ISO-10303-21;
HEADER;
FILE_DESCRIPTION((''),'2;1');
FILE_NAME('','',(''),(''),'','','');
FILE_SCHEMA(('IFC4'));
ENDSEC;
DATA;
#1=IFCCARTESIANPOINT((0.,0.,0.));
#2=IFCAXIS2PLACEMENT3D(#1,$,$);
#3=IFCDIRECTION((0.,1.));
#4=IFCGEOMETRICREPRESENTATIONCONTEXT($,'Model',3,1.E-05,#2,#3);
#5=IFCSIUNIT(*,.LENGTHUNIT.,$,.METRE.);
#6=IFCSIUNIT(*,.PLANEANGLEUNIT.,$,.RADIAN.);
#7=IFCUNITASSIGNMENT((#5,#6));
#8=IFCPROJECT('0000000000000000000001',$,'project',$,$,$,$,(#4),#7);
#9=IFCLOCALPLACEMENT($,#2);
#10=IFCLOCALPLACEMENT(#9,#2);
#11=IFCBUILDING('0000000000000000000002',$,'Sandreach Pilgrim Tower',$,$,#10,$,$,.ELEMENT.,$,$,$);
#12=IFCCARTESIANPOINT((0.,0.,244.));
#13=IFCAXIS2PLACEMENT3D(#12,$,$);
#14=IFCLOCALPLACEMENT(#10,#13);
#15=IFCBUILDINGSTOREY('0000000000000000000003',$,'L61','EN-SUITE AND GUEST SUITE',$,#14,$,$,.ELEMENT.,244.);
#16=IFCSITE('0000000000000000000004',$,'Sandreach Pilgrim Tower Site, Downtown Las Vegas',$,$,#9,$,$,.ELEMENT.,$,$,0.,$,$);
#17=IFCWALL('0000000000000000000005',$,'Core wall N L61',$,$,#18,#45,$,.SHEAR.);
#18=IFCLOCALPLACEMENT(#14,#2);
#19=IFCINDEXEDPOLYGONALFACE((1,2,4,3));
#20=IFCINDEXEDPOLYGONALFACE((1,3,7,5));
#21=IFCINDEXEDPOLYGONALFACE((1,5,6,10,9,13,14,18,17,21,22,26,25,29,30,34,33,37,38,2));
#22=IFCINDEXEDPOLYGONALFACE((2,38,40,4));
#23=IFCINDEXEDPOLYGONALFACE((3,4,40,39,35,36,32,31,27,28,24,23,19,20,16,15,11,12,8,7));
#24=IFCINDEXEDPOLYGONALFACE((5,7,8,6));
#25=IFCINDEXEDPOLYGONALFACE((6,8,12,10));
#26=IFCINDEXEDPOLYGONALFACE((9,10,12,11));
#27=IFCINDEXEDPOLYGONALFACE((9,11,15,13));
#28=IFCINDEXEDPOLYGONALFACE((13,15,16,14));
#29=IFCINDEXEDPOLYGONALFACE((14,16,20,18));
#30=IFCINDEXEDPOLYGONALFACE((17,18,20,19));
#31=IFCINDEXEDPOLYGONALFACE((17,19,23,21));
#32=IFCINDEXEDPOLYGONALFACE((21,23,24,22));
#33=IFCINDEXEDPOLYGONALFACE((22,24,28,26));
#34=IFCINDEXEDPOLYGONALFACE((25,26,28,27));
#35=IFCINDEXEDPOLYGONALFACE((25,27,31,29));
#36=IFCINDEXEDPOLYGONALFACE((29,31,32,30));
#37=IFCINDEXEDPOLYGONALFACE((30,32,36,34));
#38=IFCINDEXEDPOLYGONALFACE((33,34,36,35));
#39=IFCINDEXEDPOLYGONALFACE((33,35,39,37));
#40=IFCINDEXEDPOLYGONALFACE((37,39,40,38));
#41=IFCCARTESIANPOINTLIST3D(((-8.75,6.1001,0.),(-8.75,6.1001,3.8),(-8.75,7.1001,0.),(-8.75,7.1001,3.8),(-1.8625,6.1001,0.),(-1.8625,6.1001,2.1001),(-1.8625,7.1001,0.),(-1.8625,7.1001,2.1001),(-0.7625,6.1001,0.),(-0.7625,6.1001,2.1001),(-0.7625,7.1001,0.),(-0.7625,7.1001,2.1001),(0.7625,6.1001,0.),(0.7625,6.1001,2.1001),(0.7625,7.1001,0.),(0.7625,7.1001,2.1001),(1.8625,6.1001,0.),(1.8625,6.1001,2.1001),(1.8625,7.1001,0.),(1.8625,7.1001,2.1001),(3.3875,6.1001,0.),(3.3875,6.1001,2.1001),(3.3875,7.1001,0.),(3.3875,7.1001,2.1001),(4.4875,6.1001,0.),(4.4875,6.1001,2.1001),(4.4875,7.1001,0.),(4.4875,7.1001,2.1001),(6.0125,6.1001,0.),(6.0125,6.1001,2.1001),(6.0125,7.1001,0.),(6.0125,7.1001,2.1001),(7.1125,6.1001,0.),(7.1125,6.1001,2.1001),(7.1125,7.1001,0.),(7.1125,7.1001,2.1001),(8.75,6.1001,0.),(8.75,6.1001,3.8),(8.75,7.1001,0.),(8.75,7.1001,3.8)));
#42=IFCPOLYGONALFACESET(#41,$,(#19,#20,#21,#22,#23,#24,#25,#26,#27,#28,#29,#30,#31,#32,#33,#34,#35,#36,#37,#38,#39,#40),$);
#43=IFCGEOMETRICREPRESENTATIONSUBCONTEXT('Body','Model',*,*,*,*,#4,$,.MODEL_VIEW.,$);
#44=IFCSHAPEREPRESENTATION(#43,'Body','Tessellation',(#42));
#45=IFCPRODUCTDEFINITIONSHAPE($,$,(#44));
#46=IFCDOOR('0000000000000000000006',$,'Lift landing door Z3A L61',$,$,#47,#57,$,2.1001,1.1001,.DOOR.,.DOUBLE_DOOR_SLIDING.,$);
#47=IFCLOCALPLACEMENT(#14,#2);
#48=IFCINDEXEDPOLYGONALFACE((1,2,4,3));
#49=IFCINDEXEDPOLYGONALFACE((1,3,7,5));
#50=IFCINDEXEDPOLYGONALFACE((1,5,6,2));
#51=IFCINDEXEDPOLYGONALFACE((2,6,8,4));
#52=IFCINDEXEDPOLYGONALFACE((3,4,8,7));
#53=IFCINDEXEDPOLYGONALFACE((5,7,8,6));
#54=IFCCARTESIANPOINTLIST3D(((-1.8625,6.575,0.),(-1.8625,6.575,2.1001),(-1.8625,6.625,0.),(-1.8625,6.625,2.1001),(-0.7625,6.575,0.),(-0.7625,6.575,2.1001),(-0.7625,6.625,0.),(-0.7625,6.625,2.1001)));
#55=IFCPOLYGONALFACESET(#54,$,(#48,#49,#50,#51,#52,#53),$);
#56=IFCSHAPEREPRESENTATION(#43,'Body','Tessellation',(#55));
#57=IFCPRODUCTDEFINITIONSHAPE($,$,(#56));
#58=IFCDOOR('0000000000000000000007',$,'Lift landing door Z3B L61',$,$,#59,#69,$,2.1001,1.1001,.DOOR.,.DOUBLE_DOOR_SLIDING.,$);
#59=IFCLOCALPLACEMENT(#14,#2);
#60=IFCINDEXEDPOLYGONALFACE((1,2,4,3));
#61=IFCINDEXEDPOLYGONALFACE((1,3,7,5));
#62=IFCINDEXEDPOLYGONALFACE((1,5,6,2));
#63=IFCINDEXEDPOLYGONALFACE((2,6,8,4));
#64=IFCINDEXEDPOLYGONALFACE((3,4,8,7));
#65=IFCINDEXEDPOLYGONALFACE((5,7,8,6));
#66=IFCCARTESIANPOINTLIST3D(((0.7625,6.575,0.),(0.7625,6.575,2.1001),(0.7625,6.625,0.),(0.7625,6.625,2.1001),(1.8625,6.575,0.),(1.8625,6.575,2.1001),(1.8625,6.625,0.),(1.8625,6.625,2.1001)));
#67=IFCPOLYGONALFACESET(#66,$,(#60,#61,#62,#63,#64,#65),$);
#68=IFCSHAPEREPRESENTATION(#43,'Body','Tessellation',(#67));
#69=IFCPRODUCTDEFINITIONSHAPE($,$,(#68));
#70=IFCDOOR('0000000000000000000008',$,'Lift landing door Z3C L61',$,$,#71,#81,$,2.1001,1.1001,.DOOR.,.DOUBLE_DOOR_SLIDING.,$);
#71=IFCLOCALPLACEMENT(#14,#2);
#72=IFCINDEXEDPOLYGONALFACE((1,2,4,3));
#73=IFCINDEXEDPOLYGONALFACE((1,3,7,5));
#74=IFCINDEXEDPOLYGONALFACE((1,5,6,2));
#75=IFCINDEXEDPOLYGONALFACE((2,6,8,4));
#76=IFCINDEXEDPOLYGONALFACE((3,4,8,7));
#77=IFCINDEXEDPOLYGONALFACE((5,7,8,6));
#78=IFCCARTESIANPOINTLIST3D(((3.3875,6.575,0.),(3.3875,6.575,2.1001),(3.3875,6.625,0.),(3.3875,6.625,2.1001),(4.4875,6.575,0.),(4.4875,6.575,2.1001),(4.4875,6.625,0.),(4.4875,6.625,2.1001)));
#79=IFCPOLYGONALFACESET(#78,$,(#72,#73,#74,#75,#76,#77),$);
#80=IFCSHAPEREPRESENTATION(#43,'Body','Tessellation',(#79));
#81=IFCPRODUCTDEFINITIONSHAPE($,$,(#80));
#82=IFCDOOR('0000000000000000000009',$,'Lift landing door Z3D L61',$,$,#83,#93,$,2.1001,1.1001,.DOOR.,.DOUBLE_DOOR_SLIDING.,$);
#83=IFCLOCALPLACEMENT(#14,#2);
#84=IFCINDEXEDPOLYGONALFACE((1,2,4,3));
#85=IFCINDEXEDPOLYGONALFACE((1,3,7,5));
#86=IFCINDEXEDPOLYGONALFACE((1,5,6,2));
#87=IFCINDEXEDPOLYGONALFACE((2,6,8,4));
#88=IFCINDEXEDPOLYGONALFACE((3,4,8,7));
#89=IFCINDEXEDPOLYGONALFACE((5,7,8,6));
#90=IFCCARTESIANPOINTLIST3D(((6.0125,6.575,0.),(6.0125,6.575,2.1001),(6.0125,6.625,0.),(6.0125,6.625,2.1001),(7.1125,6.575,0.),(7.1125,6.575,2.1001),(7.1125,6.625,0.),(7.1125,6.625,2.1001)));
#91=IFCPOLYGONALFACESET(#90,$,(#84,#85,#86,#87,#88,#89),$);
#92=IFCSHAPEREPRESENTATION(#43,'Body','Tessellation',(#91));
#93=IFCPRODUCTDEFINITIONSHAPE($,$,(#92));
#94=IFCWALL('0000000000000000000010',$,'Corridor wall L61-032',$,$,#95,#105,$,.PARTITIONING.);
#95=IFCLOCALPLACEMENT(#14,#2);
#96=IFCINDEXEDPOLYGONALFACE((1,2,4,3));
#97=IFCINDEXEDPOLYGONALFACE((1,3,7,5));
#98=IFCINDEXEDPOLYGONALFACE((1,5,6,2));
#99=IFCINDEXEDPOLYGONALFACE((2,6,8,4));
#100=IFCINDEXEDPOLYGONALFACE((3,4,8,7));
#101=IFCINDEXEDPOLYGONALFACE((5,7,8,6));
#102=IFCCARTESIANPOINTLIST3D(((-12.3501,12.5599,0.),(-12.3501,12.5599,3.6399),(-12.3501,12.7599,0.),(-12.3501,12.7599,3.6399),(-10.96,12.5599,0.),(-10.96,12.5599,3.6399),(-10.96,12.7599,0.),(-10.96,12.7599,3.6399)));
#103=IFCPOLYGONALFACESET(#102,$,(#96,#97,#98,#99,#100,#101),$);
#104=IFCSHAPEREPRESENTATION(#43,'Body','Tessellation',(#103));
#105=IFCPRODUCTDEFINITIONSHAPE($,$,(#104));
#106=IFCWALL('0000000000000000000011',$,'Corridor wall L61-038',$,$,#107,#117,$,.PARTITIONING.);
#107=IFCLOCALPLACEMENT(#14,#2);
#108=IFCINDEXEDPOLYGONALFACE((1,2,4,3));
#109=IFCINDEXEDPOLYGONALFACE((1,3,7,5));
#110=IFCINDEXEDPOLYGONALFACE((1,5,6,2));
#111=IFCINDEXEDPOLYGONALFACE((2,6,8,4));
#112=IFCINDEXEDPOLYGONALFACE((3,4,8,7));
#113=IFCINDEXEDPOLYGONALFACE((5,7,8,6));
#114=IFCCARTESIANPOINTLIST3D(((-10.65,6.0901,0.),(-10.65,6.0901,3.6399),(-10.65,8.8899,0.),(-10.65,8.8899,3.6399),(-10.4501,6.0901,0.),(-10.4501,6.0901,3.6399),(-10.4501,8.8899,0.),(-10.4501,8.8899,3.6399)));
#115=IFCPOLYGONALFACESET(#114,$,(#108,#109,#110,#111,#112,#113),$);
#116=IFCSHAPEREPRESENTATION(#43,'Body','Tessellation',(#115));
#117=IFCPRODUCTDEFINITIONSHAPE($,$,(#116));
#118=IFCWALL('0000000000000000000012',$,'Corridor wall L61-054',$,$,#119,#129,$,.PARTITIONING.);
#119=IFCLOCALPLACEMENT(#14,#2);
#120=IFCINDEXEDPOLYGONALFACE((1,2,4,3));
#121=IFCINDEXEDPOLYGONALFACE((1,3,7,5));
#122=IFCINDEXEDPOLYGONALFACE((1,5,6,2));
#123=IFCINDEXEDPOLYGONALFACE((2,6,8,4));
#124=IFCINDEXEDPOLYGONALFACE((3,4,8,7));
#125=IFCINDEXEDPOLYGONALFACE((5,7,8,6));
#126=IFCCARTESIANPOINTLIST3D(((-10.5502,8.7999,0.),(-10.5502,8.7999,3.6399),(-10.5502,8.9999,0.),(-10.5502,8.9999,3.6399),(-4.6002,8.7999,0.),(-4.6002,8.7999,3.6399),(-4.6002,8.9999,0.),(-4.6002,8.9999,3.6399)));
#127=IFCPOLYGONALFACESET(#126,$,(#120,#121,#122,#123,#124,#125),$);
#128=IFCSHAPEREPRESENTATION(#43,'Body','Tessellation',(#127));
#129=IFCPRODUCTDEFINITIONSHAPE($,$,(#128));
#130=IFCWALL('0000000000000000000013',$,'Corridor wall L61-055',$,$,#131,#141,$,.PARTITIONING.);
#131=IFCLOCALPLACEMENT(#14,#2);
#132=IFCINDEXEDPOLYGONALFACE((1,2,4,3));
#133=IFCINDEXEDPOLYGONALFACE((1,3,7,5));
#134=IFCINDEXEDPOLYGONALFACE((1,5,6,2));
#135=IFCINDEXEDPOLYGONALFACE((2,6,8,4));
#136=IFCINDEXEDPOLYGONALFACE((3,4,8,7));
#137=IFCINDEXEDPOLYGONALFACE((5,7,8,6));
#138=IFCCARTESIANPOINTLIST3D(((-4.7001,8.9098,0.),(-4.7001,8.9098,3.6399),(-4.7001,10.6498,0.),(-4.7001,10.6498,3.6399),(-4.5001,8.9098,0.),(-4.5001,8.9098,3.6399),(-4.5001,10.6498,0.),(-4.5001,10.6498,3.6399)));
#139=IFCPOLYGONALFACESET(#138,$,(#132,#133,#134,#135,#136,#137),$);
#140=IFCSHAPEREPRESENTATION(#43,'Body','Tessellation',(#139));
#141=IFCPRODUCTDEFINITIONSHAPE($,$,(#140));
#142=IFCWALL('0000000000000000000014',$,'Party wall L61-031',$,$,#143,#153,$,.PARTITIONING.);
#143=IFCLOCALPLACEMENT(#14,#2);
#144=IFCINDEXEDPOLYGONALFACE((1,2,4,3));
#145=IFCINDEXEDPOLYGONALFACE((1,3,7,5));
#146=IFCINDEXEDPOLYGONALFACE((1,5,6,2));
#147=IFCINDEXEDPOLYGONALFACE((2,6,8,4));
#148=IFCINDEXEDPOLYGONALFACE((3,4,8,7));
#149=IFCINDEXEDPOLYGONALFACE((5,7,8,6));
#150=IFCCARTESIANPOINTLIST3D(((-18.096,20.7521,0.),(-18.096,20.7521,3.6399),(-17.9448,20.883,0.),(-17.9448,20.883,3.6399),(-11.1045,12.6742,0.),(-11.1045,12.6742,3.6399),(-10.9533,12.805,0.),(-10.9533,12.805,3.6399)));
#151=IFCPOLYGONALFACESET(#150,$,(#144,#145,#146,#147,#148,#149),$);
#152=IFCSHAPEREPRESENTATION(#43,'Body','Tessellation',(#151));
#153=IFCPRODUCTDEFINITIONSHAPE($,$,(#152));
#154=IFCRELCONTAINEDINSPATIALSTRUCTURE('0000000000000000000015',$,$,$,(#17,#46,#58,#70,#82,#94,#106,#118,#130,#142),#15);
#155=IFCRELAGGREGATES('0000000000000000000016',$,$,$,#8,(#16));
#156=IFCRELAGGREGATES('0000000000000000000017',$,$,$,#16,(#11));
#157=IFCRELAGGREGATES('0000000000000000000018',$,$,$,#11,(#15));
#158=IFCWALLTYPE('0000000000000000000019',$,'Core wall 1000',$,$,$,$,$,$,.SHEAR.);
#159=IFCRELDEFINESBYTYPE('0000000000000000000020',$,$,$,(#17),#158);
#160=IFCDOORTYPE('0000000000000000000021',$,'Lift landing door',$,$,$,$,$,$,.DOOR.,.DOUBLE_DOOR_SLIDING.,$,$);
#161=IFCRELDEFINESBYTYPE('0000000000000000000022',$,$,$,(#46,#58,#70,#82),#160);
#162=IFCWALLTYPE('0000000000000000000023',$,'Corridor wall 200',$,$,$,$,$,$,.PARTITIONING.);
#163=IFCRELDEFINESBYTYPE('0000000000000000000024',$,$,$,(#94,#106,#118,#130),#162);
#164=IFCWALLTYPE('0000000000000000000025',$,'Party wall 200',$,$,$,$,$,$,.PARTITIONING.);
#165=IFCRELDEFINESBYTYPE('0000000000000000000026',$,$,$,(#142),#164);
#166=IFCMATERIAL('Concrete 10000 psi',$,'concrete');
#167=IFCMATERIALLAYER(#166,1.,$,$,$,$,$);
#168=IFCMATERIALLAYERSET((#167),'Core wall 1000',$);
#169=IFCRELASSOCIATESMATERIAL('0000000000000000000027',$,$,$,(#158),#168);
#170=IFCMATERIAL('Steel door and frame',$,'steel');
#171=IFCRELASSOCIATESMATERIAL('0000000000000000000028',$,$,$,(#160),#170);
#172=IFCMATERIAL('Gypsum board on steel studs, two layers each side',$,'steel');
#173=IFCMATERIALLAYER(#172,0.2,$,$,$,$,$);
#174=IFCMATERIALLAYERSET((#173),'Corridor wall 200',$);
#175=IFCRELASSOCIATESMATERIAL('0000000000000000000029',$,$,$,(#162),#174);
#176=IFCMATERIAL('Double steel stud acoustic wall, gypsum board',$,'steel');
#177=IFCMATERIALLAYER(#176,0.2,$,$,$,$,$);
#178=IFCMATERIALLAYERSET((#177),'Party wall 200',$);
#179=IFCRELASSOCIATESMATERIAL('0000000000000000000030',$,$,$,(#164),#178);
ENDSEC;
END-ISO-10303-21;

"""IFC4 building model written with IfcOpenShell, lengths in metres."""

from ifc_helpers import new_model, si_unit, direction, frame, frame_2d, origin, place, context, subcontext, project, spatial, rectangle, extrude, material, layer, layer_set, type_object, element, fill, save


model = new_model("IFC4")

# Units and contexts
model_context = context("Model", 3, precision=1e-05, world=origin(), true_north=direction((0.0, 1.0)))
body_context = subcontext(model_context, "Body", "Model", "MODEL_VIEW")
ifc_project = project(units=[si_unit("LENGTHUNIT", "METRE"), si_unit("PLANEANGLEUNIT", "RADIAN")], contexts=[model_context])

# Site, building, storey
site_placement = place(None, origin())
site = spatial("IfcSite", under=ifc_project, at=site_placement, Name="Sandreach Pilgrim Tower Site, Downtown Las Vegas", CompositionType="ELEMENT", RefElevation=0.0)
building_placement = place(site_placement, origin())
building = spatial("IfcBuilding", under=site, at=building_placement, Name="Sandreach Pilgrim Tower", CompositionType="ELEMENT")
storey_placement = place(building_placement, frame((0.0, 0.0, 244.0)))
storey = spatial("IfcBuildingStorey", under=building, at=storey_placement, Name="L61", Description="EN-SUITE AND GUEST SUITE", CompositionType="ELEMENT", Elevation=244.0)

# Wall, openings, doors
ifc_material_1 = material(Name="Concrete 10000 psi", Category="concrete")
ifc_layer_1 = layer(ifc_material_1, 1.0)
ifc_layer_set_1 = layer_set([ifc_layer_1], Name="Core wall 1000")
wall_type_1 = type_object("IfcWallType", Name="Core wall 1000", PredefinedType="SHEAR", material=ifc_layer_set_1)
wall_1_placement = place(storey_placement, frame((-8.75, 6.6001, 0.0), z_axis=(0.0, 0.0, 1.0), x_axis=(1.0, 0.0, 0.0)))
wall_1 = element("IfcWall", 1, at=wall_1_placement, inside=storey, type_object=wall_type_1, Name="Core wall N L61", PredefinedType="SHEAR", context=body_context, shape_type="SweptSolid", body=[
    extrude(rectangle(XDim=17.5, YDim=1.0, at=frame_2d((8.75, 0.0))), origin(), (0.0, 0.0, 1.0), 3.8),
])
opening_1_placement = place(wall_1_placement, frame((6.8875, 0.0, 0.0)))
opening_1 = element("IfcOpeningElement", 2, at=opening_1_placement, cuts=wall_1, PredefinedType="OPENING", context=body_context, shape_type="SweptSolid", body=[
    extrude(rectangle(XDim=1.1001, YDim=2.1001, at=frame_2d((0.55, 1.05))), frame((0.0, 0.5, 0.0), z_axis=(0.0, -1.0, 0.0), x_axis=(1.0, 0.0, 0.0)), (0.0, 0.0, 1.0), 1.0),
])
opening_2_placement = place(wall_1_placement, frame((9.5125, 0.0, 0.0)))
opening_2 = element("IfcOpeningElement", 3, at=opening_2_placement, cuts=wall_1, PredefinedType="OPENING", context=body_context, shape_type="SweptSolid", body=[
    extrude(rectangle(XDim=1.1001, YDim=2.1001, at=frame_2d((0.55, 1.05))), frame((0.0, 0.5, 0.0), z_axis=(0.0, -1.0, 0.0), x_axis=(1.0, 0.0, 0.0)), (0.0, 0.0, 1.0), 1.0),
])
opening_3_placement = place(wall_1_placement, frame((12.1375, 0.0, 0.0)))
opening_3 = element("IfcOpeningElement", 4, at=opening_3_placement, cuts=wall_1, PredefinedType="OPENING", context=body_context, shape_type="SweptSolid", body=[
    extrude(rectangle(XDim=1.1001, YDim=2.1001, at=frame_2d((0.55, 1.05))), frame((0.0, 0.5, 0.0), z_axis=(0.0, -1.0, 0.0), x_axis=(1.0, 0.0, 0.0)), (0.0, 0.0, 1.0), 1.0),
])
opening_4_placement = place(wall_1_placement, frame((14.7625, 0.0, 0.0)))
opening_4 = element("IfcOpeningElement", 5, at=opening_4_placement, cuts=wall_1, PredefinedType="OPENING", context=body_context, shape_type="SweptSolid", body=[
    extrude(rectangle(XDim=1.1001, YDim=2.1001, at=frame_2d((0.55, 1.05))), frame((0.0, 0.5, 0.0), z_axis=(0.0, -1.0, 0.0), x_axis=(1.0, 0.0, 0.0)), (0.0, 0.0, 1.0), 1.0),
])
ifc_material_2 = material(Name="Steel door and frame", Category="steel")
door_type_1 = type_object("IfcDoorType", Name="Lift landing door", OperationType="DOUBLE_DOOR_SLIDING", PredefinedType="DOOR", material=ifc_material_2)
door_1_placement = place(opening_1_placement, origin())
door_1 = element("IfcDoor", 6, at=door_1_placement, inside=storey, type_object=door_type_1, Name="Lift landing door Z3A L61", OperationType="DOUBLE_DOOR_SLIDING", OverallHeight=2.1001, OverallWidth=1.1001, PredefinedType="DOOR", context=body_context, shape_type="SweptSolid", body=[
    extrude(rectangle(XDim=1.1001, YDim=2.1001, at=frame_2d((0.55, 1.05))), frame((0.0, 0.0249, 0.0), z_axis=(0.0, -1.0, 0.0), x_axis=(1.0, 0.0, 0.0)), (0.0, 0.0, 1.0), 0.05),
])
fill(opening_1, door_1)
door_2_placement = place(opening_2_placement, origin())
door_2 = element("IfcDoor", 7, at=door_2_placement, inside=storey, type_object=door_type_1, Name="Lift landing door Z3B L61", OperationType="DOUBLE_DOOR_SLIDING", OverallHeight=2.1001, OverallWidth=1.1001, PredefinedType="DOOR", context=body_context, shape_type="SweptSolid", body=[
    extrude(rectangle(XDim=1.1001, YDim=2.1001, at=frame_2d((0.55, 1.05))), frame((0.0, 0.0249, 0.0), z_axis=(0.0, -1.0, 0.0), x_axis=(1.0, 0.0, 0.0)), (0.0, 0.0, 1.0), 0.05),
])
fill(opening_2, door_2)
door_3_placement = place(opening_3_placement, origin())
door_3 = element("IfcDoor", 8, at=door_3_placement, inside=storey, type_object=door_type_1, Name="Lift landing door Z3C L61", OperationType="DOUBLE_DOOR_SLIDING", OverallHeight=2.1001, OverallWidth=1.1001, PredefinedType="DOOR", context=body_context, shape_type="SweptSolid", body=[
    extrude(rectangle(XDim=1.1001, YDim=2.1001, at=frame_2d((0.55, 1.05))), frame((0.0, 0.0249, 0.0), z_axis=(0.0, -1.0, 0.0), x_axis=(1.0, 0.0, 0.0)), (0.0, 0.0, 1.0), 0.05),
])
fill(opening_3, door_3)
door_4_placement = place(opening_4_placement, origin())
door_4 = element("IfcDoor", 9, at=door_4_placement, inside=storey, type_object=door_type_1, Name="Lift landing door Z3D L61", OperationType="DOUBLE_DOOR_SLIDING", OverallHeight=2.1001, OverallWidth=1.1001, PredefinedType="DOOR", context=body_context, shape_type="SweptSolid", body=[
    extrude(rectangle(XDim=1.1001, YDim=2.1001, at=frame_2d((0.55, 1.05))), frame((0.0, 0.0249, 0.0), z_axis=(0.0, -1.0, 0.0), x_axis=(1.0, 0.0, 0.0)), (0.0, 0.0, 1.0), 0.05),
])
fill(opening_4, door_4)

# Shared definitions
ifc_material_3 = material(Name="Gypsum board on steel studs, two layers each side", Category="steel")
ifc_layer_2 = layer(ifc_material_3, 0.2)
ifc_layer_set_2 = layer_set([ifc_layer_2], Name="Corridor wall 200")
wall_type_2 = type_object("IfcWallType", Name="Corridor wall 200", PredefinedType="PARTITIONING", material=ifc_layer_set_2)

# Walls
wall_2_placement = place(storey_placement, frame((-10.96, 12.6599, 0.0), z_axis=(0.0, 0.0, 1.0), x_axis=(-1.0, 0.0, 0.0)))
element("IfcWall", 10, at=wall_2_placement, inside=storey, type_object=wall_type_2, Name="Corridor wall L61-032", PredefinedType="PARTITIONING", context=body_context, shape_type="SweptSolid", body=[
    extrude(rectangle(XDim=1.3901, YDim=0.2, at=frame_2d((0.6951, 0.0))), origin(), (0.0, 0.0, 1.0), 3.6399),
])
wall_3_placement = place(storey_placement, frame((-10.55, 8.8899, 0.0), z_axis=(0.0, 0.0, 1.0), x_axis=(0.0, -1.0, 0.0)))
element("IfcWall", 11, at=wall_3_placement, inside=storey, type_object=wall_type_2, Name="Corridor wall L61-038", PredefinedType="PARTITIONING", context=body_context, shape_type="SweptSolid", body=[
    extrude(rectangle(XDim=2.7998, YDim=0.2, at=frame_2d((1.3999, 0.0))), origin(), (0.0, 0.0, 1.0), 3.6399),
])

# Walls
wall_4_placement = place(storey_placement, frame((-4.6001, 8.8999, 0.0), z_axis=(0.0, 0.0, 1.0), x_axis=(-1.0, 0.0, 0.0)))
element("IfcWall", 12, at=wall_4_placement, inside=storey, type_object=wall_type_2, Name="Corridor wall L61-054", PredefinedType="PARTITIONING", context=body_context, shape_type="SweptSolid", body=[
    extrude(rectangle(XDim=5.95, YDim=0.2, at=frame_2d((2.9751, 0.0))), origin(), (0.0, 0.0, 1.0), 3.6399),
])
wall_5_placement = place(storey_placement, frame((-4.6001, 10.6499, 0.0), z_axis=(0.0, 0.0, 1.0), x_axis=(0.0, -1.0, 0.0)))
element("IfcWall", 13, at=wall_5_placement, inside=storey, type_object=wall_type_2, Name="Corridor wall L61-055", PredefinedType="PARTITIONING", context=body_context, shape_type="SweptSolid", body=[
    extrude(rectangle(XDim=1.74, YDim=0.2, at=frame_2d((0.8701, 0.0))), origin(), (0.0, 0.0, 1.0), 3.6399),
])

# Wall
ifc_material_4 = material(Name="Double steel stud acoustic wall, gypsum board", Category="steel")
ifc_layer_3 = layer(ifc_material_4, 0.2)
ifc_layer_set_3 = layer_set([ifc_layer_3], Name="Party wall 200")
wall_type_3 = type_object("IfcWallType", Name="Party wall 200", PredefinedType="PARTITIONING", material=ifc_layer_set_3)
wall_6_placement = place(storey_placement, frame((-11.0288, 12.7395, 0.0), z_axis=(0.0, 0.0, 1.0), x_axis=(-0.654429, 0.756123, 0.0)))
element("IfcWall", 14, at=wall_6_placement, inside=storey, type_object=wall_type_3, Name="Party wall L61-031", PredefinedType="PARTITIONING", context=body_context, shape_type="SweptSolid", body=[
    extrude(rectangle(XDim=10.6833, YDim=0.2, at=frame_2d((5.3418, 0.0))), origin(), (0.0, 0.0, 1.0), 3.6399),
])

save(model, "model.ifc")
